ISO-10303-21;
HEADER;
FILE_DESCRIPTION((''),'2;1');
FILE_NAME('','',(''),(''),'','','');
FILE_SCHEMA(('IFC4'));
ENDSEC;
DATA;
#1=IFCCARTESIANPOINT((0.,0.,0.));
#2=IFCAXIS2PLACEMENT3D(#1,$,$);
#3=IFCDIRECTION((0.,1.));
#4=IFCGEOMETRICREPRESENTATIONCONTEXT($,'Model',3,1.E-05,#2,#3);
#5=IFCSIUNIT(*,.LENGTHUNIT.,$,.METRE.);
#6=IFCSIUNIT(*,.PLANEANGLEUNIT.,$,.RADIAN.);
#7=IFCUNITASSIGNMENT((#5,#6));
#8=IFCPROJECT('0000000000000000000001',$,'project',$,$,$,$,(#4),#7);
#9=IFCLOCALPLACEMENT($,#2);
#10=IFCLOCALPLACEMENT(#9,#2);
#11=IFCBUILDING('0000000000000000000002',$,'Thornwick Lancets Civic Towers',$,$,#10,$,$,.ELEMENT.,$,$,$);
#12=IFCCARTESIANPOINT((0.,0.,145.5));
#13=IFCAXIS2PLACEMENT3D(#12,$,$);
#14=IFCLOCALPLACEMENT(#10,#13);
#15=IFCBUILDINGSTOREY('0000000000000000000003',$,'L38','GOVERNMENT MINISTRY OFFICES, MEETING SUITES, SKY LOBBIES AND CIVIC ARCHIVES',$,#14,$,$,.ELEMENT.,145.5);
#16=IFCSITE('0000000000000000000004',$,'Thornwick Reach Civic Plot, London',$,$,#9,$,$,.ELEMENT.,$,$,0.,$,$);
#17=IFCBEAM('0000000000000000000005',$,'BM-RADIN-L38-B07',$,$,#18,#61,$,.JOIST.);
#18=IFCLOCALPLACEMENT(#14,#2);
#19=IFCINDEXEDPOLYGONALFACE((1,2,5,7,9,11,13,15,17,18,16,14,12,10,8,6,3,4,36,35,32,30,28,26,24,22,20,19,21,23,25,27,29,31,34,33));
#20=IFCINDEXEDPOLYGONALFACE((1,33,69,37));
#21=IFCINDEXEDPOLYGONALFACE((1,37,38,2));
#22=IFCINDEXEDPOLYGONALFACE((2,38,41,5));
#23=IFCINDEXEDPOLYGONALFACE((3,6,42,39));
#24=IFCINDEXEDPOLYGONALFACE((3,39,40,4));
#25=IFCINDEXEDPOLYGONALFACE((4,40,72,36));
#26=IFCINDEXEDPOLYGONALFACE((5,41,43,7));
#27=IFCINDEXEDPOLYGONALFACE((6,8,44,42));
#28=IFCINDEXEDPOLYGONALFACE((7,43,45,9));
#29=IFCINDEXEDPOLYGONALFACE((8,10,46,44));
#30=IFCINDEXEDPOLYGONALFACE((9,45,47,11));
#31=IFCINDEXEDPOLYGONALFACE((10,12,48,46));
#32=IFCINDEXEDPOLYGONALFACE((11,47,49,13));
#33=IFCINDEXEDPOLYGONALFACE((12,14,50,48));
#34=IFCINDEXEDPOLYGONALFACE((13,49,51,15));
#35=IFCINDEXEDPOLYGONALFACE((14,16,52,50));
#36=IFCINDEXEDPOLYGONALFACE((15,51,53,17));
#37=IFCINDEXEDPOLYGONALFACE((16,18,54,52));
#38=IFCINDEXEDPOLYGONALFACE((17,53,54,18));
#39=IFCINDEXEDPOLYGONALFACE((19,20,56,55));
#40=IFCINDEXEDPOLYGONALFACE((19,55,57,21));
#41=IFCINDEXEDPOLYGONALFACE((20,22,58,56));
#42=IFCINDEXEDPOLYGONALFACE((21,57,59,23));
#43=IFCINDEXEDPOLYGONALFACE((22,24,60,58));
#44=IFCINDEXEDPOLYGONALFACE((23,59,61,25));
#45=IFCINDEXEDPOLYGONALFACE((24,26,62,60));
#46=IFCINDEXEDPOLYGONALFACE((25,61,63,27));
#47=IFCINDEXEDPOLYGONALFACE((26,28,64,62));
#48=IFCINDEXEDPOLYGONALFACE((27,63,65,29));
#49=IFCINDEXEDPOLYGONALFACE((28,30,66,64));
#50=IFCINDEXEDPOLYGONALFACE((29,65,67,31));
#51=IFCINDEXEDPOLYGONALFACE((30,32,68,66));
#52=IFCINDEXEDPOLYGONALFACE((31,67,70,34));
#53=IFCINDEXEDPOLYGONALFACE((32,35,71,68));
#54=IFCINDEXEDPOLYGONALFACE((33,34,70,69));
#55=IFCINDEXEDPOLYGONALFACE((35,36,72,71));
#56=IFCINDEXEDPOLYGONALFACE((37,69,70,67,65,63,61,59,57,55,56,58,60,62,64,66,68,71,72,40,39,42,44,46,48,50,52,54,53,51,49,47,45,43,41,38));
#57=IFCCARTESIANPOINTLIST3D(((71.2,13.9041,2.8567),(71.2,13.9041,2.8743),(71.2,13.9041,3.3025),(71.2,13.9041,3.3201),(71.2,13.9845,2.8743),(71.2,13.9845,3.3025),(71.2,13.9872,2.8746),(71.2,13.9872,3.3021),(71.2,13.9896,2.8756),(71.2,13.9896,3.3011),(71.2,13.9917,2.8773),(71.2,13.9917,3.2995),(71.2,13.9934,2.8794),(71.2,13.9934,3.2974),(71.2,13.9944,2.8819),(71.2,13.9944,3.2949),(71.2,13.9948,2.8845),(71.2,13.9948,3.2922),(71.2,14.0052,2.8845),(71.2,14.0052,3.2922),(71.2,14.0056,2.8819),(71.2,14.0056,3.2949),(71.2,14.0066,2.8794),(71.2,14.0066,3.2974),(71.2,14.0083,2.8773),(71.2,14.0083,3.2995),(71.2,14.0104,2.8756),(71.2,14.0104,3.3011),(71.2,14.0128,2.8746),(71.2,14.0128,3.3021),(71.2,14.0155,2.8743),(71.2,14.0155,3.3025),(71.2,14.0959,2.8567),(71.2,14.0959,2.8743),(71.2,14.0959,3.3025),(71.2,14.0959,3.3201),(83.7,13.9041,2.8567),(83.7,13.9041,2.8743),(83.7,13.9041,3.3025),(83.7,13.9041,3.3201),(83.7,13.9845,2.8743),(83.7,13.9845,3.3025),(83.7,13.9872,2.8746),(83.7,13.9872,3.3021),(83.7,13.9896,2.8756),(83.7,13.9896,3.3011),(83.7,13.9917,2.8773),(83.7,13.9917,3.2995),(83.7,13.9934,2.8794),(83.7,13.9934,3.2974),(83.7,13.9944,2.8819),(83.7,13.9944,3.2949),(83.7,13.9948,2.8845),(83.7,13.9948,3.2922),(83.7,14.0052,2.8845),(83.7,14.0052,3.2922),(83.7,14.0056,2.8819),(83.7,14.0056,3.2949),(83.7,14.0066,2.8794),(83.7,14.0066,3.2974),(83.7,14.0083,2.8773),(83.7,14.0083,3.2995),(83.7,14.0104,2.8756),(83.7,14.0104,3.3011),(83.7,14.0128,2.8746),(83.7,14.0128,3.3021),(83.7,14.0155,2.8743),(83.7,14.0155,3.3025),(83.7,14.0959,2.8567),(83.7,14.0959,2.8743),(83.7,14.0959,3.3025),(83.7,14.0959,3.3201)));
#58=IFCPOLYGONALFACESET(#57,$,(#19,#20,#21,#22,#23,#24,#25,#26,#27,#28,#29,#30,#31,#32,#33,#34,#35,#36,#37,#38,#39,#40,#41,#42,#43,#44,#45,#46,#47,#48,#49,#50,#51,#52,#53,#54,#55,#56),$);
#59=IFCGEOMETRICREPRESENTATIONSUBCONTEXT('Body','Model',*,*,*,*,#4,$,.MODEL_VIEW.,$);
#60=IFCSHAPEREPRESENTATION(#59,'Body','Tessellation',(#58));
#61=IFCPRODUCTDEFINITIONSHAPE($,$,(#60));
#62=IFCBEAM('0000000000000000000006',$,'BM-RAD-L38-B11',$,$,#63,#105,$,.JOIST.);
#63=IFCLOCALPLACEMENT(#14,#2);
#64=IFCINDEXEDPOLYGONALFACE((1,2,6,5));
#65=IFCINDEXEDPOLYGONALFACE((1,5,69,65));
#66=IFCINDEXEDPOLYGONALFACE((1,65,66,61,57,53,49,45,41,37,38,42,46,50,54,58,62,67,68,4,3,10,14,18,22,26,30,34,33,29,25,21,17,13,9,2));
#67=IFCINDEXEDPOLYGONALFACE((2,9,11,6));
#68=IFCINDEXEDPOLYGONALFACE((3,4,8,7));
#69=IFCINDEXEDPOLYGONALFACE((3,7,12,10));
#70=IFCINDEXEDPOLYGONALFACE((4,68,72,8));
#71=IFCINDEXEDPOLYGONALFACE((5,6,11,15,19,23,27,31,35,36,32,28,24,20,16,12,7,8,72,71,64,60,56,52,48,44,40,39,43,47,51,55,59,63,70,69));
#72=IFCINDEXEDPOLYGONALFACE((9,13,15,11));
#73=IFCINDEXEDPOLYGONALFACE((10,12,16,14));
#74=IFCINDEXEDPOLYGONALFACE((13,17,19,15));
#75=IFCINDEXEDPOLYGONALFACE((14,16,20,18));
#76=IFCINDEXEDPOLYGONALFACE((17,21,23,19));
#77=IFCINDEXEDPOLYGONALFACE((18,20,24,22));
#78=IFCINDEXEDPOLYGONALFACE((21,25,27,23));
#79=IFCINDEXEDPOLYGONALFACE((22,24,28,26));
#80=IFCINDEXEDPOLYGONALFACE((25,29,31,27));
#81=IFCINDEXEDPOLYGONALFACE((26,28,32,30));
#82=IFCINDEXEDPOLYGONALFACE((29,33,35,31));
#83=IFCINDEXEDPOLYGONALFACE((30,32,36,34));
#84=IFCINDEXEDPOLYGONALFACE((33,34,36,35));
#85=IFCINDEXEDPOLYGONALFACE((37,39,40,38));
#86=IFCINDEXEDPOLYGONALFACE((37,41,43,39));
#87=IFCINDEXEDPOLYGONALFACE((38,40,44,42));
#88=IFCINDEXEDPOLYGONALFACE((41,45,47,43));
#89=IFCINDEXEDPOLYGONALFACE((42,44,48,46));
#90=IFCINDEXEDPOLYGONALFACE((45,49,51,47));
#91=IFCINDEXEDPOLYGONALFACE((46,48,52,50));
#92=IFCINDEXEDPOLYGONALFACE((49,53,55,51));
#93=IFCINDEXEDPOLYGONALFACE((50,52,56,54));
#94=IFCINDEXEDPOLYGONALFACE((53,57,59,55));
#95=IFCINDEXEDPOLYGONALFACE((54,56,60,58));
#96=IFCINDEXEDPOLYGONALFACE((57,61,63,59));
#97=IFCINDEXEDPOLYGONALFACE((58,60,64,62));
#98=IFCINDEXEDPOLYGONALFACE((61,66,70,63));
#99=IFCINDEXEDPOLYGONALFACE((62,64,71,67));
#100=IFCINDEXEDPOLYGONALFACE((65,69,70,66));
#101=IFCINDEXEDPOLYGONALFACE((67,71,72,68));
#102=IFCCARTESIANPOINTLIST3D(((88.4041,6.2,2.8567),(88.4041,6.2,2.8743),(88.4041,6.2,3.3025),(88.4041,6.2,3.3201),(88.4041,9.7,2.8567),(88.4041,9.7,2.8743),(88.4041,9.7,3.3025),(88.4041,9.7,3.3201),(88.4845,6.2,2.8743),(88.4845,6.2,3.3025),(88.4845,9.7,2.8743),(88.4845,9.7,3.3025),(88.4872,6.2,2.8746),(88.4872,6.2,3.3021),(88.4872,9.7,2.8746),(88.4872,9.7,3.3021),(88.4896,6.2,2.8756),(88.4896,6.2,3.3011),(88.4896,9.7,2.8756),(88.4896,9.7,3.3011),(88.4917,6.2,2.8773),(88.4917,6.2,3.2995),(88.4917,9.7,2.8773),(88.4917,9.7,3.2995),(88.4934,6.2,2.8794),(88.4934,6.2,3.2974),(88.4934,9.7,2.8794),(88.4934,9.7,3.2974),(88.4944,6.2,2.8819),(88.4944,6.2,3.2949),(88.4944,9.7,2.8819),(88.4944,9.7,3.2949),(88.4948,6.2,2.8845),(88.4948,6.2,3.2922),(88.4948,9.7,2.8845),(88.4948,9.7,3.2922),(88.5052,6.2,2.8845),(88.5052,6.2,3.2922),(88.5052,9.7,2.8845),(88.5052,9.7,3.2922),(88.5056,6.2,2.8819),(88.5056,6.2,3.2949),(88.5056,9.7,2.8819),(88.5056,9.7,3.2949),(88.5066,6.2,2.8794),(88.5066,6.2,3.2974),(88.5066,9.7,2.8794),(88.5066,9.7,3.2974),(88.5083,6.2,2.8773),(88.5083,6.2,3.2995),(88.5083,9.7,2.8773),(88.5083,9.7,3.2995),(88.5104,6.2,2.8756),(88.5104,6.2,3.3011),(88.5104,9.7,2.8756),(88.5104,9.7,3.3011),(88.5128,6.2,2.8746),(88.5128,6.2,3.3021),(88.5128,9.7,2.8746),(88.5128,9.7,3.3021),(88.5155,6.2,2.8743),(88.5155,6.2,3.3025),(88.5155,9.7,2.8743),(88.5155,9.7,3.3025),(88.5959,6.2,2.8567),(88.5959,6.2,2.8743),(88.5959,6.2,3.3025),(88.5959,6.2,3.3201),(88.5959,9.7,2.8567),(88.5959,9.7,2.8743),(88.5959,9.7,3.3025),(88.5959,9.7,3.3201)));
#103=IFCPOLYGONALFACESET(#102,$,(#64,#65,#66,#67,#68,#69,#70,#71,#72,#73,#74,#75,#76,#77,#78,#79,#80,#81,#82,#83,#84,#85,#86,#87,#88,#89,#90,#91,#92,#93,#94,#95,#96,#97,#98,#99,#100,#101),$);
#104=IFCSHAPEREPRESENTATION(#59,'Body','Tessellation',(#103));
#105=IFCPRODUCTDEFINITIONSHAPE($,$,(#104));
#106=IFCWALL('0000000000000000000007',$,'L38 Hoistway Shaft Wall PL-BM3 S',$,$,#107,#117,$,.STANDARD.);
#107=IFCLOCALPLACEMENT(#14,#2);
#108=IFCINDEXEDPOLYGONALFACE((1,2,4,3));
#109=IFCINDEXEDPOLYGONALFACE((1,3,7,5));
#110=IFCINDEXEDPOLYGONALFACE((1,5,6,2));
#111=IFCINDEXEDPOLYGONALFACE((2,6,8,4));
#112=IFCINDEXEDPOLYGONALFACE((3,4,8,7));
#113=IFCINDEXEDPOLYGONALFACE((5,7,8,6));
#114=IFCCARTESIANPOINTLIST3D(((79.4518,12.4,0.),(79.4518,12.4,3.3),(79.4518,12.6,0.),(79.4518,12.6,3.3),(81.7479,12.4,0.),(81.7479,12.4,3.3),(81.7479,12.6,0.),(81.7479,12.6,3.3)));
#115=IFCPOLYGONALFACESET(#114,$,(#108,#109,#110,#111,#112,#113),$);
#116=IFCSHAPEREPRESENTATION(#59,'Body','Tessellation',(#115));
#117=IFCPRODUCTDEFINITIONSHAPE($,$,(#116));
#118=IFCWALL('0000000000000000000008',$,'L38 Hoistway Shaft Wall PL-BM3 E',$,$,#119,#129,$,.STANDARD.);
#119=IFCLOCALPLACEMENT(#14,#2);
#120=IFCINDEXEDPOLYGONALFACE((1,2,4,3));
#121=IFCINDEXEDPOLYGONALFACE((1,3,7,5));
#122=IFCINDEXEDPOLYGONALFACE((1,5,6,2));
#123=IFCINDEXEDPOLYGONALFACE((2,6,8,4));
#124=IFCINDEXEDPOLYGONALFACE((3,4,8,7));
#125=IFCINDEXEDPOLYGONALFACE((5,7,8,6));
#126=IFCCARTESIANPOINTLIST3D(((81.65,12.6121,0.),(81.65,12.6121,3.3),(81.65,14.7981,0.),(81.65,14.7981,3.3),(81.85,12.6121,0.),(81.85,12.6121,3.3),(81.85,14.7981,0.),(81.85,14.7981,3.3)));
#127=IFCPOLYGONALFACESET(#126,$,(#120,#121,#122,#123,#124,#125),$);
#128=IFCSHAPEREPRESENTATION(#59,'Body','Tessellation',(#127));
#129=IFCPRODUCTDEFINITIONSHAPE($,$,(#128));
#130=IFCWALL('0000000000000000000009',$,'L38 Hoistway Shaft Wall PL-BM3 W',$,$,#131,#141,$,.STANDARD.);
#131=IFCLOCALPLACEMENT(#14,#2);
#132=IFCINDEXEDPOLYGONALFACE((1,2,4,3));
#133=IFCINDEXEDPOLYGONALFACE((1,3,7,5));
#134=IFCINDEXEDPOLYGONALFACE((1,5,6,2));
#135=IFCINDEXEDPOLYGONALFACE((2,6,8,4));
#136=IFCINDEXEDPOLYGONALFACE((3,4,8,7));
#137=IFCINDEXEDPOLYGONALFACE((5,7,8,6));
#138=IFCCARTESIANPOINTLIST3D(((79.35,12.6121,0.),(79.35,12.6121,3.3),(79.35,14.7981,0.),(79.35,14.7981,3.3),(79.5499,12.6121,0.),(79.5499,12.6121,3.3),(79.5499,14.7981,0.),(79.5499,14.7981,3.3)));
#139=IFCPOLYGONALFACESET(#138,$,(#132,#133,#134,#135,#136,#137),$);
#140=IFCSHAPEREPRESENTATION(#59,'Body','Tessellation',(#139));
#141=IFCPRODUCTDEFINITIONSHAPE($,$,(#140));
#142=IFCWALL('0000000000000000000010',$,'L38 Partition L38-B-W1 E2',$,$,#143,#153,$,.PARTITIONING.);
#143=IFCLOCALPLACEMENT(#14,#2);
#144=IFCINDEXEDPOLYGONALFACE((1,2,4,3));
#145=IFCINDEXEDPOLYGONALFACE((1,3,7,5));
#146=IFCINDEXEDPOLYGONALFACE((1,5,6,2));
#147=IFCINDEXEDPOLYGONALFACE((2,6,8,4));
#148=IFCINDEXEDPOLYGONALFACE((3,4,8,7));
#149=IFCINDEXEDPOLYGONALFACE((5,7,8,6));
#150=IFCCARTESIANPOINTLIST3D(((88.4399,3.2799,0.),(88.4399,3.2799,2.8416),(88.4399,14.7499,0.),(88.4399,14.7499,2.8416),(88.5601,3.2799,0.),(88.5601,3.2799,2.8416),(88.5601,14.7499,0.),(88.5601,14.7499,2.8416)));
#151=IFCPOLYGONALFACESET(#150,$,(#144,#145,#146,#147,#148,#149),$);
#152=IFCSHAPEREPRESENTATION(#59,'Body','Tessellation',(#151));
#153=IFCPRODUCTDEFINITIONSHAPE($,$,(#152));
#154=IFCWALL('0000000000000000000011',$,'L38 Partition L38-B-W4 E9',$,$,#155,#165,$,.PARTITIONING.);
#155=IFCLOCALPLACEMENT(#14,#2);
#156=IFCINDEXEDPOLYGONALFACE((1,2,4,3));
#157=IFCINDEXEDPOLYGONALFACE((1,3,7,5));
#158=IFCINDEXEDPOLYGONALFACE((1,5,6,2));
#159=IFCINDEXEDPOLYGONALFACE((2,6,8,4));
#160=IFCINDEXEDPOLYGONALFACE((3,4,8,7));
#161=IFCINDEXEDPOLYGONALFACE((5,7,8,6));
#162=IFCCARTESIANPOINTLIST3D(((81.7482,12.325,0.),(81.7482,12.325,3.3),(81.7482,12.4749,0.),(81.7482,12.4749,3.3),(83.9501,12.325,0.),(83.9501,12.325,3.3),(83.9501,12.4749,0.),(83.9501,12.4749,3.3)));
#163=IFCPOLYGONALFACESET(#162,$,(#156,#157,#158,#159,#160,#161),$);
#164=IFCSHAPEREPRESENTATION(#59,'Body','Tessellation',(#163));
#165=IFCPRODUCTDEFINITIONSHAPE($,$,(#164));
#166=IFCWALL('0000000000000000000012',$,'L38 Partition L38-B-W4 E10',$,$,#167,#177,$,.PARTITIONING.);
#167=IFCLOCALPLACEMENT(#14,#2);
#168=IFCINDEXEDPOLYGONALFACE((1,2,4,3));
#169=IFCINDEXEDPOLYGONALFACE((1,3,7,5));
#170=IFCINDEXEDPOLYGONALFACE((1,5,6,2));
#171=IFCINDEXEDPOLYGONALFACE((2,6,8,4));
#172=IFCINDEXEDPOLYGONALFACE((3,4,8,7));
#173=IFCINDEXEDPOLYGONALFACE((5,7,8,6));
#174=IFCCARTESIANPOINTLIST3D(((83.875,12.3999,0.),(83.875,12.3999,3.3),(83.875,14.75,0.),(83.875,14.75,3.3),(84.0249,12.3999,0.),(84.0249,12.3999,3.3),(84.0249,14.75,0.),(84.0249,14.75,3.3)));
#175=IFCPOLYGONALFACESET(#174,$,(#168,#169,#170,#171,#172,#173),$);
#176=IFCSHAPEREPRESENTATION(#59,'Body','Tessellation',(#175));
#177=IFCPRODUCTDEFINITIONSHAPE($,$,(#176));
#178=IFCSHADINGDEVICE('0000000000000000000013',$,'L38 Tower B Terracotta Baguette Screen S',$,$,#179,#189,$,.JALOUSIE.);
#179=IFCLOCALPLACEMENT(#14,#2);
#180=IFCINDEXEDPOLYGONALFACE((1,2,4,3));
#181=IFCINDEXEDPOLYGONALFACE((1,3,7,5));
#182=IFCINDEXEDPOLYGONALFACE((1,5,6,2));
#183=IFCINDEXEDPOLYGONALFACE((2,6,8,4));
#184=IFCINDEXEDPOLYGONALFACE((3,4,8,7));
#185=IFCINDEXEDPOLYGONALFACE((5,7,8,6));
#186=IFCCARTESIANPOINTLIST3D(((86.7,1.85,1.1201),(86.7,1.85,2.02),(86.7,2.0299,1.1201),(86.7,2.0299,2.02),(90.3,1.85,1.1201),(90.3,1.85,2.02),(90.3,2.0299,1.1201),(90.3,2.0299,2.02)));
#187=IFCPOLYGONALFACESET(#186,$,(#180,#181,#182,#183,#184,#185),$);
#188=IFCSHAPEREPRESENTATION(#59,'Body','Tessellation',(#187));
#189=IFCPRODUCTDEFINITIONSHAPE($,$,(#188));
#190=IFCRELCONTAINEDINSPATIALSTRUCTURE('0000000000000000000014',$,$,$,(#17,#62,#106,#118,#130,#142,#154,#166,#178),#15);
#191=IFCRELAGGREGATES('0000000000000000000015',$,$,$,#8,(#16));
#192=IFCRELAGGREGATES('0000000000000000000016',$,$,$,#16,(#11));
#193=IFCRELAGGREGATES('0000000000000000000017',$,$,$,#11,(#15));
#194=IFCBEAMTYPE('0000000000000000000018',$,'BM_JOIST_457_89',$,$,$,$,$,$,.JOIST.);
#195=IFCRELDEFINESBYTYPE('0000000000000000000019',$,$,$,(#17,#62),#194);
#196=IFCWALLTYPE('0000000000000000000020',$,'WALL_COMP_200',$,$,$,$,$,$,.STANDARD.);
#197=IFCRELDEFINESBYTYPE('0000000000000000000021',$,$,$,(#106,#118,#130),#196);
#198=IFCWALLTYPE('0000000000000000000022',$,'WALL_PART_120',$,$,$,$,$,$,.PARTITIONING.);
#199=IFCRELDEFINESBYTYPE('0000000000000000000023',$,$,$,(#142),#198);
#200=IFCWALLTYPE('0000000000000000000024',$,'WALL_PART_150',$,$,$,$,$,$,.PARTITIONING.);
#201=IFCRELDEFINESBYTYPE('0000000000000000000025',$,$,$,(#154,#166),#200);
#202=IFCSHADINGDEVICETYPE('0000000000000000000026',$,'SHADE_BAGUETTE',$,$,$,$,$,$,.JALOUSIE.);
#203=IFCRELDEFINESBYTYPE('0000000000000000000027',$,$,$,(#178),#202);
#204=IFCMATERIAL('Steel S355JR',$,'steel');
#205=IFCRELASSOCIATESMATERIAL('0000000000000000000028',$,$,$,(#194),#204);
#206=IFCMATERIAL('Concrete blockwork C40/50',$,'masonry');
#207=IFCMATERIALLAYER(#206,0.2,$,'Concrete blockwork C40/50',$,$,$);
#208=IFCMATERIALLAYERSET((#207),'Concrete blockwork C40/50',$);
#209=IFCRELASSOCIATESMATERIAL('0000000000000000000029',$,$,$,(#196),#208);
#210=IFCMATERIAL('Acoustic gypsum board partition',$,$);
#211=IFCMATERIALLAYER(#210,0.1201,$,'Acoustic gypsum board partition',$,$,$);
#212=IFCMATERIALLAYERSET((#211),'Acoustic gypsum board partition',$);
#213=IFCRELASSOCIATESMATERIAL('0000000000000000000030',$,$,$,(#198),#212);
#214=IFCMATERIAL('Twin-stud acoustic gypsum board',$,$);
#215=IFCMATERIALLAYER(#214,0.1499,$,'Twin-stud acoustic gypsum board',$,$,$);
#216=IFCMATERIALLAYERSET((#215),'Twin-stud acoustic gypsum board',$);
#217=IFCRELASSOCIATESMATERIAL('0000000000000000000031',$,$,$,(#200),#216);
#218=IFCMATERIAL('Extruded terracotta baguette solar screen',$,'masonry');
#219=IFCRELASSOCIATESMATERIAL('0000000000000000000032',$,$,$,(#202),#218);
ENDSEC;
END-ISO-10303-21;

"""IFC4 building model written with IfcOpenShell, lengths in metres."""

from ifc_helpers import new_model, si_unit, direction, frame, frame_2d, origin, origin_2d, place, context, subcontext, project, spatial, rectangle, i_section, extrude, material, layer, layer_set, material_profile, profile_set, type_object, element, save


model = new_model("IFC4")

# Units and contexts
model_context = context("Model", 3, precision=1e-05, world=origin(), true_north=direction((0.0, 1.0)))
body_context = subcontext(model_context, "Body", "Model", "MODEL_VIEW")
ifc_project = project(units=[si_unit("LENGTHUNIT", "METRE"), si_unit("PLANEANGLEUNIT", "RADIAN")], contexts=[model_context])

# Site, building, storey
site_placement = place(None, origin())
site = spatial("IfcSite", under=ifc_project, at=site_placement, Name="Thornwick Reach Civic Plot, London", CompositionType="ELEMENT", RefElevation=0.0)
building_placement = place(site_placement, origin())
building = spatial("IfcBuilding", under=site, at=building_placement, Name="Thornwick Lancets Civic Towers", CompositionType="ELEMENT")
storey_placement = place(building_placement, frame((0.0, 0.0, 145.5)))
storey = spatial("IfcBuildingStorey", under=building, at=storey_placement, Name="L38", Description="GOVERNMENT MINISTRY OFFICES, MEETING SUITES, SKY LOBBIES AND CIVIC ARCHIVES", CompositionType="ELEMENT", Elevation=145.5)

# Beams
ifc_material_1 = material(Name="Steel S355JR", Category="steel")
ifc_material_profile_1 = material_profile(ifc_material_1, i_section(OverallWidth=0.1919, OverallDepth=0.4634, WebThickness=0.0105, FlangeThickness=0.0176, FilletRadius=0.0103, at=origin_2d()), Name="UKB 457x191x89")
ifc_profile_set_1 = profile_set([ifc_material_profile_1], Name="Steel S355JR")
beam_type_1 = type_object("IfcBeamType", Name="BM_JOIST_457_89", PredefinedType="JOIST", material=ifc_profile_set_1)
beam_1_placement = place(storey_placement, frame((83.7, 14.0, 3.0884), z_axis=(-1.0, 0.0, 0.0), x_axis=(0.0, -1.0, 0.0)))
element("IfcBeam", 1, at=beam_1_placement, inside=storey, type_object=beam_type_1, Name="BM-RADIN-L38-B07", PredefinedType="JOIST", context=body_context, shape_type="SweptSolid", body=[
    extrude(i_section(OverallWidth=0.1919, OverallDepth=0.4634, WebThickness=0.0105, FlangeThickness=0.0176, FilletRadius=0.0103, at=origin_2d()), origin(), (0.0, 0.0, 1.0), 12.5),
])
beam_2_placement = place(storey_placement, frame((88.5, 9.7, 3.0884), z_axis=(0.0, -1.0, 0.0), x_axis=(1.0, 0.0, 0.0)))
element("IfcBeam", 2, at=beam_2_placement, inside=storey, type_object=beam_type_1, Name="BM-RAD-L38-B11", PredefinedType="JOIST", context=body_context, shape_type="SweptSolid", body=[
    extrude(i_section(OverallWidth=0.1919, OverallDepth=0.4634, WebThickness=0.0105, FlangeThickness=0.0176, FilletRadius=0.0103, at=origin_2d()), origin(), (0.0, 0.0, 1.0), 3.5),
])

# Walls
ifc_material_2 = material(Name="Concrete blockwork C40/50", Category="masonry")
ifc_layer_1 = layer(ifc_material_2, 0.2, Name="Concrete blockwork C40/50")
ifc_layer_set_1 = layer_set([ifc_layer_1], Name="Concrete blockwork C40/50")
wall_type_1 = type_object("IfcWallType", Name="WALL_COMP_200", PredefinedType="STANDARD", material=ifc_layer_set_1)
wall_1_placement = place(storey_placement, frame((79.4519, 12.5, 0.0), z_axis=(0.0, 0.0, 1.0), x_axis=(1.0, 0.0, 0.0)))
element("IfcWall", 3, at=wall_1_placement, inside=storey, type_object=wall_type_1, Name="L38 Hoistway Shaft Wall PL-BM3 S", PredefinedType="STANDARD", context=body_context, shape_type="SweptSolid", body=[
    extrude(rectangle(XDim=2.2961, YDim=0.2, at=frame_2d((1.1479, 0.0))), origin(), (0.0, 0.0, 1.0), 3.3),
])
for number, where, z_axis, x_axis, name in (
    (4, (81.75, 12.6121, 0.0), (0.0, 0.0, 1.0), (0.0, 1.0, 0.0), "L38 Hoistway Shaft Wall PL-BM3 E"),
    (5, (79.45, 12.6121, 0.0), (0.0, 0.0, 1.0), (0.0, 1.0, 0.0), "L38 Hoistway Shaft Wall PL-BM3 W"),
):
    element("IfcWall", number, at=place(storey_placement, frame(where, z_axis=z_axis, x_axis=x_axis)), inside=storey, type_object=wall_type_1, Name=name, PredefinedType="STANDARD", context=body_context, shape_type="SweptSolid", body=[
        extrude(rectangle(XDim=2.186, YDim=0.2, at=frame_2d((1.093, 0.0))), origin(), (0.0, 0.0, 1.0), 3.3),
    ])
ifc_material_3 = material(Name="Acoustic gypsum board partition")
ifc_layer_2 = layer(ifc_material_3, 0.1201, Name="Acoustic gypsum board partition")
ifc_layer_set_2 = layer_set([ifc_layer_2], Name="Acoustic gypsum board partition")
wall_type_2 = type_object("IfcWallType", Name="WALL_PART_120", PredefinedType="PARTITIONING", material=ifc_layer_set_2)
wall_2_placement = place(storey_placement, frame((88.5, 3.28, 0.0), z_axis=(0.0, 0.0, 1.0), x_axis=(0.0, 1.0, 0.0)))
element("IfcWall", 6, at=wall_2_placement, inside=storey, type_object=wall_type_2, Name="L38 Partition L38-B-W1 E2", PredefinedType="PARTITIONING", context=body_context, shape_type="SweptSolid", body=[
    extrude(rectangle(XDim=11.47, YDim=0.1201, at=frame_2d((5.7349, 0.0))), origin(), (0.0, 0.0, 1.0), 2.8416),
])
ifc_material_4 = material(Name="Twin-stud acoustic gypsum board")
ifc_layer_3 = layer(ifc_material_4, 0.1499, Name="Twin-stud acoustic gypsum board")
ifc_layer_set_3 = layer_set([ifc_layer_3], Name="Twin-stud acoustic gypsum board")
wall_type_3 = type_object("IfcWallType", Name="WALL_PART_150", PredefinedType="PARTITIONING", material=ifc_layer_set_3)
wall_3_placement = place(storey_placement, frame((81.748, 12.3999, 0.0), z_axis=(0.0, 0.0, 1.0), x_axis=(1.0, 0.0, 0.0)))
element("IfcWall", 7, at=wall_3_placement, inside=storey, type_object=wall_type_3, Name="L38 Partition L38-B-W4 E9", PredefinedType="PARTITIONING", context=body_context, shape_type="SweptSolid", body=[
    extrude(rectangle(XDim=2.2019, YDim=0.1499, at=frame_2d((1.1011, 0.0))), origin(), (0.0, 0.0, 1.0), 3.3),
])
wall_4_placement = place(storey_placement, frame((83.95, 12.3999, 0.0), z_axis=(0.0, 0.0, 1.0), x_axis=(0.0, 1.0, 0.0)))
element("IfcWall", 8, at=wall_4_placement, inside=storey, type_object=wall_type_3, Name="L38 Partition L38-B-W4 E10", PredefinedType="PARTITIONING", context=body_context, shape_type="SweptSolid", body=[
    extrude(rectangle(XDim=2.3501, YDim=0.1499, at=frame_2d((1.175, 0.0))), origin(), (0.0, 0.0, 1.0), 3.3),
])

# Shading device
ifc_material_5 = material(Name="Extruded terracotta baguette solar screen", Category="masonry")
shading_device_type = type_object("IfcShadingDeviceType", Name="SHADE_BAGUETTE", PredefinedType="JALOUSIE", material=ifc_material_5)
shading_device_placement = place(storey_placement, frame((88.5, 1.9399, 1.1201), z_axis=(0.0, 0.0, 1.0), x_axis=(1.0, 0.0, 0.0)))
element("IfcShadingDevice", 9, at=shading_device_placement, inside=storey, type_object=shading_device_type, Name="L38 Tower B Terracotta Baguette Screen S", PredefinedType="JALOUSIE", context=body_context, shape_type="SweptSolid", body=[
    extrude(rectangle(XDim=3.6001, YDim=0.1799, at=origin_2d()), origin(), (0.0, 0.0, 1.0), 0.8999),
])

save(model, "model.ifc")
